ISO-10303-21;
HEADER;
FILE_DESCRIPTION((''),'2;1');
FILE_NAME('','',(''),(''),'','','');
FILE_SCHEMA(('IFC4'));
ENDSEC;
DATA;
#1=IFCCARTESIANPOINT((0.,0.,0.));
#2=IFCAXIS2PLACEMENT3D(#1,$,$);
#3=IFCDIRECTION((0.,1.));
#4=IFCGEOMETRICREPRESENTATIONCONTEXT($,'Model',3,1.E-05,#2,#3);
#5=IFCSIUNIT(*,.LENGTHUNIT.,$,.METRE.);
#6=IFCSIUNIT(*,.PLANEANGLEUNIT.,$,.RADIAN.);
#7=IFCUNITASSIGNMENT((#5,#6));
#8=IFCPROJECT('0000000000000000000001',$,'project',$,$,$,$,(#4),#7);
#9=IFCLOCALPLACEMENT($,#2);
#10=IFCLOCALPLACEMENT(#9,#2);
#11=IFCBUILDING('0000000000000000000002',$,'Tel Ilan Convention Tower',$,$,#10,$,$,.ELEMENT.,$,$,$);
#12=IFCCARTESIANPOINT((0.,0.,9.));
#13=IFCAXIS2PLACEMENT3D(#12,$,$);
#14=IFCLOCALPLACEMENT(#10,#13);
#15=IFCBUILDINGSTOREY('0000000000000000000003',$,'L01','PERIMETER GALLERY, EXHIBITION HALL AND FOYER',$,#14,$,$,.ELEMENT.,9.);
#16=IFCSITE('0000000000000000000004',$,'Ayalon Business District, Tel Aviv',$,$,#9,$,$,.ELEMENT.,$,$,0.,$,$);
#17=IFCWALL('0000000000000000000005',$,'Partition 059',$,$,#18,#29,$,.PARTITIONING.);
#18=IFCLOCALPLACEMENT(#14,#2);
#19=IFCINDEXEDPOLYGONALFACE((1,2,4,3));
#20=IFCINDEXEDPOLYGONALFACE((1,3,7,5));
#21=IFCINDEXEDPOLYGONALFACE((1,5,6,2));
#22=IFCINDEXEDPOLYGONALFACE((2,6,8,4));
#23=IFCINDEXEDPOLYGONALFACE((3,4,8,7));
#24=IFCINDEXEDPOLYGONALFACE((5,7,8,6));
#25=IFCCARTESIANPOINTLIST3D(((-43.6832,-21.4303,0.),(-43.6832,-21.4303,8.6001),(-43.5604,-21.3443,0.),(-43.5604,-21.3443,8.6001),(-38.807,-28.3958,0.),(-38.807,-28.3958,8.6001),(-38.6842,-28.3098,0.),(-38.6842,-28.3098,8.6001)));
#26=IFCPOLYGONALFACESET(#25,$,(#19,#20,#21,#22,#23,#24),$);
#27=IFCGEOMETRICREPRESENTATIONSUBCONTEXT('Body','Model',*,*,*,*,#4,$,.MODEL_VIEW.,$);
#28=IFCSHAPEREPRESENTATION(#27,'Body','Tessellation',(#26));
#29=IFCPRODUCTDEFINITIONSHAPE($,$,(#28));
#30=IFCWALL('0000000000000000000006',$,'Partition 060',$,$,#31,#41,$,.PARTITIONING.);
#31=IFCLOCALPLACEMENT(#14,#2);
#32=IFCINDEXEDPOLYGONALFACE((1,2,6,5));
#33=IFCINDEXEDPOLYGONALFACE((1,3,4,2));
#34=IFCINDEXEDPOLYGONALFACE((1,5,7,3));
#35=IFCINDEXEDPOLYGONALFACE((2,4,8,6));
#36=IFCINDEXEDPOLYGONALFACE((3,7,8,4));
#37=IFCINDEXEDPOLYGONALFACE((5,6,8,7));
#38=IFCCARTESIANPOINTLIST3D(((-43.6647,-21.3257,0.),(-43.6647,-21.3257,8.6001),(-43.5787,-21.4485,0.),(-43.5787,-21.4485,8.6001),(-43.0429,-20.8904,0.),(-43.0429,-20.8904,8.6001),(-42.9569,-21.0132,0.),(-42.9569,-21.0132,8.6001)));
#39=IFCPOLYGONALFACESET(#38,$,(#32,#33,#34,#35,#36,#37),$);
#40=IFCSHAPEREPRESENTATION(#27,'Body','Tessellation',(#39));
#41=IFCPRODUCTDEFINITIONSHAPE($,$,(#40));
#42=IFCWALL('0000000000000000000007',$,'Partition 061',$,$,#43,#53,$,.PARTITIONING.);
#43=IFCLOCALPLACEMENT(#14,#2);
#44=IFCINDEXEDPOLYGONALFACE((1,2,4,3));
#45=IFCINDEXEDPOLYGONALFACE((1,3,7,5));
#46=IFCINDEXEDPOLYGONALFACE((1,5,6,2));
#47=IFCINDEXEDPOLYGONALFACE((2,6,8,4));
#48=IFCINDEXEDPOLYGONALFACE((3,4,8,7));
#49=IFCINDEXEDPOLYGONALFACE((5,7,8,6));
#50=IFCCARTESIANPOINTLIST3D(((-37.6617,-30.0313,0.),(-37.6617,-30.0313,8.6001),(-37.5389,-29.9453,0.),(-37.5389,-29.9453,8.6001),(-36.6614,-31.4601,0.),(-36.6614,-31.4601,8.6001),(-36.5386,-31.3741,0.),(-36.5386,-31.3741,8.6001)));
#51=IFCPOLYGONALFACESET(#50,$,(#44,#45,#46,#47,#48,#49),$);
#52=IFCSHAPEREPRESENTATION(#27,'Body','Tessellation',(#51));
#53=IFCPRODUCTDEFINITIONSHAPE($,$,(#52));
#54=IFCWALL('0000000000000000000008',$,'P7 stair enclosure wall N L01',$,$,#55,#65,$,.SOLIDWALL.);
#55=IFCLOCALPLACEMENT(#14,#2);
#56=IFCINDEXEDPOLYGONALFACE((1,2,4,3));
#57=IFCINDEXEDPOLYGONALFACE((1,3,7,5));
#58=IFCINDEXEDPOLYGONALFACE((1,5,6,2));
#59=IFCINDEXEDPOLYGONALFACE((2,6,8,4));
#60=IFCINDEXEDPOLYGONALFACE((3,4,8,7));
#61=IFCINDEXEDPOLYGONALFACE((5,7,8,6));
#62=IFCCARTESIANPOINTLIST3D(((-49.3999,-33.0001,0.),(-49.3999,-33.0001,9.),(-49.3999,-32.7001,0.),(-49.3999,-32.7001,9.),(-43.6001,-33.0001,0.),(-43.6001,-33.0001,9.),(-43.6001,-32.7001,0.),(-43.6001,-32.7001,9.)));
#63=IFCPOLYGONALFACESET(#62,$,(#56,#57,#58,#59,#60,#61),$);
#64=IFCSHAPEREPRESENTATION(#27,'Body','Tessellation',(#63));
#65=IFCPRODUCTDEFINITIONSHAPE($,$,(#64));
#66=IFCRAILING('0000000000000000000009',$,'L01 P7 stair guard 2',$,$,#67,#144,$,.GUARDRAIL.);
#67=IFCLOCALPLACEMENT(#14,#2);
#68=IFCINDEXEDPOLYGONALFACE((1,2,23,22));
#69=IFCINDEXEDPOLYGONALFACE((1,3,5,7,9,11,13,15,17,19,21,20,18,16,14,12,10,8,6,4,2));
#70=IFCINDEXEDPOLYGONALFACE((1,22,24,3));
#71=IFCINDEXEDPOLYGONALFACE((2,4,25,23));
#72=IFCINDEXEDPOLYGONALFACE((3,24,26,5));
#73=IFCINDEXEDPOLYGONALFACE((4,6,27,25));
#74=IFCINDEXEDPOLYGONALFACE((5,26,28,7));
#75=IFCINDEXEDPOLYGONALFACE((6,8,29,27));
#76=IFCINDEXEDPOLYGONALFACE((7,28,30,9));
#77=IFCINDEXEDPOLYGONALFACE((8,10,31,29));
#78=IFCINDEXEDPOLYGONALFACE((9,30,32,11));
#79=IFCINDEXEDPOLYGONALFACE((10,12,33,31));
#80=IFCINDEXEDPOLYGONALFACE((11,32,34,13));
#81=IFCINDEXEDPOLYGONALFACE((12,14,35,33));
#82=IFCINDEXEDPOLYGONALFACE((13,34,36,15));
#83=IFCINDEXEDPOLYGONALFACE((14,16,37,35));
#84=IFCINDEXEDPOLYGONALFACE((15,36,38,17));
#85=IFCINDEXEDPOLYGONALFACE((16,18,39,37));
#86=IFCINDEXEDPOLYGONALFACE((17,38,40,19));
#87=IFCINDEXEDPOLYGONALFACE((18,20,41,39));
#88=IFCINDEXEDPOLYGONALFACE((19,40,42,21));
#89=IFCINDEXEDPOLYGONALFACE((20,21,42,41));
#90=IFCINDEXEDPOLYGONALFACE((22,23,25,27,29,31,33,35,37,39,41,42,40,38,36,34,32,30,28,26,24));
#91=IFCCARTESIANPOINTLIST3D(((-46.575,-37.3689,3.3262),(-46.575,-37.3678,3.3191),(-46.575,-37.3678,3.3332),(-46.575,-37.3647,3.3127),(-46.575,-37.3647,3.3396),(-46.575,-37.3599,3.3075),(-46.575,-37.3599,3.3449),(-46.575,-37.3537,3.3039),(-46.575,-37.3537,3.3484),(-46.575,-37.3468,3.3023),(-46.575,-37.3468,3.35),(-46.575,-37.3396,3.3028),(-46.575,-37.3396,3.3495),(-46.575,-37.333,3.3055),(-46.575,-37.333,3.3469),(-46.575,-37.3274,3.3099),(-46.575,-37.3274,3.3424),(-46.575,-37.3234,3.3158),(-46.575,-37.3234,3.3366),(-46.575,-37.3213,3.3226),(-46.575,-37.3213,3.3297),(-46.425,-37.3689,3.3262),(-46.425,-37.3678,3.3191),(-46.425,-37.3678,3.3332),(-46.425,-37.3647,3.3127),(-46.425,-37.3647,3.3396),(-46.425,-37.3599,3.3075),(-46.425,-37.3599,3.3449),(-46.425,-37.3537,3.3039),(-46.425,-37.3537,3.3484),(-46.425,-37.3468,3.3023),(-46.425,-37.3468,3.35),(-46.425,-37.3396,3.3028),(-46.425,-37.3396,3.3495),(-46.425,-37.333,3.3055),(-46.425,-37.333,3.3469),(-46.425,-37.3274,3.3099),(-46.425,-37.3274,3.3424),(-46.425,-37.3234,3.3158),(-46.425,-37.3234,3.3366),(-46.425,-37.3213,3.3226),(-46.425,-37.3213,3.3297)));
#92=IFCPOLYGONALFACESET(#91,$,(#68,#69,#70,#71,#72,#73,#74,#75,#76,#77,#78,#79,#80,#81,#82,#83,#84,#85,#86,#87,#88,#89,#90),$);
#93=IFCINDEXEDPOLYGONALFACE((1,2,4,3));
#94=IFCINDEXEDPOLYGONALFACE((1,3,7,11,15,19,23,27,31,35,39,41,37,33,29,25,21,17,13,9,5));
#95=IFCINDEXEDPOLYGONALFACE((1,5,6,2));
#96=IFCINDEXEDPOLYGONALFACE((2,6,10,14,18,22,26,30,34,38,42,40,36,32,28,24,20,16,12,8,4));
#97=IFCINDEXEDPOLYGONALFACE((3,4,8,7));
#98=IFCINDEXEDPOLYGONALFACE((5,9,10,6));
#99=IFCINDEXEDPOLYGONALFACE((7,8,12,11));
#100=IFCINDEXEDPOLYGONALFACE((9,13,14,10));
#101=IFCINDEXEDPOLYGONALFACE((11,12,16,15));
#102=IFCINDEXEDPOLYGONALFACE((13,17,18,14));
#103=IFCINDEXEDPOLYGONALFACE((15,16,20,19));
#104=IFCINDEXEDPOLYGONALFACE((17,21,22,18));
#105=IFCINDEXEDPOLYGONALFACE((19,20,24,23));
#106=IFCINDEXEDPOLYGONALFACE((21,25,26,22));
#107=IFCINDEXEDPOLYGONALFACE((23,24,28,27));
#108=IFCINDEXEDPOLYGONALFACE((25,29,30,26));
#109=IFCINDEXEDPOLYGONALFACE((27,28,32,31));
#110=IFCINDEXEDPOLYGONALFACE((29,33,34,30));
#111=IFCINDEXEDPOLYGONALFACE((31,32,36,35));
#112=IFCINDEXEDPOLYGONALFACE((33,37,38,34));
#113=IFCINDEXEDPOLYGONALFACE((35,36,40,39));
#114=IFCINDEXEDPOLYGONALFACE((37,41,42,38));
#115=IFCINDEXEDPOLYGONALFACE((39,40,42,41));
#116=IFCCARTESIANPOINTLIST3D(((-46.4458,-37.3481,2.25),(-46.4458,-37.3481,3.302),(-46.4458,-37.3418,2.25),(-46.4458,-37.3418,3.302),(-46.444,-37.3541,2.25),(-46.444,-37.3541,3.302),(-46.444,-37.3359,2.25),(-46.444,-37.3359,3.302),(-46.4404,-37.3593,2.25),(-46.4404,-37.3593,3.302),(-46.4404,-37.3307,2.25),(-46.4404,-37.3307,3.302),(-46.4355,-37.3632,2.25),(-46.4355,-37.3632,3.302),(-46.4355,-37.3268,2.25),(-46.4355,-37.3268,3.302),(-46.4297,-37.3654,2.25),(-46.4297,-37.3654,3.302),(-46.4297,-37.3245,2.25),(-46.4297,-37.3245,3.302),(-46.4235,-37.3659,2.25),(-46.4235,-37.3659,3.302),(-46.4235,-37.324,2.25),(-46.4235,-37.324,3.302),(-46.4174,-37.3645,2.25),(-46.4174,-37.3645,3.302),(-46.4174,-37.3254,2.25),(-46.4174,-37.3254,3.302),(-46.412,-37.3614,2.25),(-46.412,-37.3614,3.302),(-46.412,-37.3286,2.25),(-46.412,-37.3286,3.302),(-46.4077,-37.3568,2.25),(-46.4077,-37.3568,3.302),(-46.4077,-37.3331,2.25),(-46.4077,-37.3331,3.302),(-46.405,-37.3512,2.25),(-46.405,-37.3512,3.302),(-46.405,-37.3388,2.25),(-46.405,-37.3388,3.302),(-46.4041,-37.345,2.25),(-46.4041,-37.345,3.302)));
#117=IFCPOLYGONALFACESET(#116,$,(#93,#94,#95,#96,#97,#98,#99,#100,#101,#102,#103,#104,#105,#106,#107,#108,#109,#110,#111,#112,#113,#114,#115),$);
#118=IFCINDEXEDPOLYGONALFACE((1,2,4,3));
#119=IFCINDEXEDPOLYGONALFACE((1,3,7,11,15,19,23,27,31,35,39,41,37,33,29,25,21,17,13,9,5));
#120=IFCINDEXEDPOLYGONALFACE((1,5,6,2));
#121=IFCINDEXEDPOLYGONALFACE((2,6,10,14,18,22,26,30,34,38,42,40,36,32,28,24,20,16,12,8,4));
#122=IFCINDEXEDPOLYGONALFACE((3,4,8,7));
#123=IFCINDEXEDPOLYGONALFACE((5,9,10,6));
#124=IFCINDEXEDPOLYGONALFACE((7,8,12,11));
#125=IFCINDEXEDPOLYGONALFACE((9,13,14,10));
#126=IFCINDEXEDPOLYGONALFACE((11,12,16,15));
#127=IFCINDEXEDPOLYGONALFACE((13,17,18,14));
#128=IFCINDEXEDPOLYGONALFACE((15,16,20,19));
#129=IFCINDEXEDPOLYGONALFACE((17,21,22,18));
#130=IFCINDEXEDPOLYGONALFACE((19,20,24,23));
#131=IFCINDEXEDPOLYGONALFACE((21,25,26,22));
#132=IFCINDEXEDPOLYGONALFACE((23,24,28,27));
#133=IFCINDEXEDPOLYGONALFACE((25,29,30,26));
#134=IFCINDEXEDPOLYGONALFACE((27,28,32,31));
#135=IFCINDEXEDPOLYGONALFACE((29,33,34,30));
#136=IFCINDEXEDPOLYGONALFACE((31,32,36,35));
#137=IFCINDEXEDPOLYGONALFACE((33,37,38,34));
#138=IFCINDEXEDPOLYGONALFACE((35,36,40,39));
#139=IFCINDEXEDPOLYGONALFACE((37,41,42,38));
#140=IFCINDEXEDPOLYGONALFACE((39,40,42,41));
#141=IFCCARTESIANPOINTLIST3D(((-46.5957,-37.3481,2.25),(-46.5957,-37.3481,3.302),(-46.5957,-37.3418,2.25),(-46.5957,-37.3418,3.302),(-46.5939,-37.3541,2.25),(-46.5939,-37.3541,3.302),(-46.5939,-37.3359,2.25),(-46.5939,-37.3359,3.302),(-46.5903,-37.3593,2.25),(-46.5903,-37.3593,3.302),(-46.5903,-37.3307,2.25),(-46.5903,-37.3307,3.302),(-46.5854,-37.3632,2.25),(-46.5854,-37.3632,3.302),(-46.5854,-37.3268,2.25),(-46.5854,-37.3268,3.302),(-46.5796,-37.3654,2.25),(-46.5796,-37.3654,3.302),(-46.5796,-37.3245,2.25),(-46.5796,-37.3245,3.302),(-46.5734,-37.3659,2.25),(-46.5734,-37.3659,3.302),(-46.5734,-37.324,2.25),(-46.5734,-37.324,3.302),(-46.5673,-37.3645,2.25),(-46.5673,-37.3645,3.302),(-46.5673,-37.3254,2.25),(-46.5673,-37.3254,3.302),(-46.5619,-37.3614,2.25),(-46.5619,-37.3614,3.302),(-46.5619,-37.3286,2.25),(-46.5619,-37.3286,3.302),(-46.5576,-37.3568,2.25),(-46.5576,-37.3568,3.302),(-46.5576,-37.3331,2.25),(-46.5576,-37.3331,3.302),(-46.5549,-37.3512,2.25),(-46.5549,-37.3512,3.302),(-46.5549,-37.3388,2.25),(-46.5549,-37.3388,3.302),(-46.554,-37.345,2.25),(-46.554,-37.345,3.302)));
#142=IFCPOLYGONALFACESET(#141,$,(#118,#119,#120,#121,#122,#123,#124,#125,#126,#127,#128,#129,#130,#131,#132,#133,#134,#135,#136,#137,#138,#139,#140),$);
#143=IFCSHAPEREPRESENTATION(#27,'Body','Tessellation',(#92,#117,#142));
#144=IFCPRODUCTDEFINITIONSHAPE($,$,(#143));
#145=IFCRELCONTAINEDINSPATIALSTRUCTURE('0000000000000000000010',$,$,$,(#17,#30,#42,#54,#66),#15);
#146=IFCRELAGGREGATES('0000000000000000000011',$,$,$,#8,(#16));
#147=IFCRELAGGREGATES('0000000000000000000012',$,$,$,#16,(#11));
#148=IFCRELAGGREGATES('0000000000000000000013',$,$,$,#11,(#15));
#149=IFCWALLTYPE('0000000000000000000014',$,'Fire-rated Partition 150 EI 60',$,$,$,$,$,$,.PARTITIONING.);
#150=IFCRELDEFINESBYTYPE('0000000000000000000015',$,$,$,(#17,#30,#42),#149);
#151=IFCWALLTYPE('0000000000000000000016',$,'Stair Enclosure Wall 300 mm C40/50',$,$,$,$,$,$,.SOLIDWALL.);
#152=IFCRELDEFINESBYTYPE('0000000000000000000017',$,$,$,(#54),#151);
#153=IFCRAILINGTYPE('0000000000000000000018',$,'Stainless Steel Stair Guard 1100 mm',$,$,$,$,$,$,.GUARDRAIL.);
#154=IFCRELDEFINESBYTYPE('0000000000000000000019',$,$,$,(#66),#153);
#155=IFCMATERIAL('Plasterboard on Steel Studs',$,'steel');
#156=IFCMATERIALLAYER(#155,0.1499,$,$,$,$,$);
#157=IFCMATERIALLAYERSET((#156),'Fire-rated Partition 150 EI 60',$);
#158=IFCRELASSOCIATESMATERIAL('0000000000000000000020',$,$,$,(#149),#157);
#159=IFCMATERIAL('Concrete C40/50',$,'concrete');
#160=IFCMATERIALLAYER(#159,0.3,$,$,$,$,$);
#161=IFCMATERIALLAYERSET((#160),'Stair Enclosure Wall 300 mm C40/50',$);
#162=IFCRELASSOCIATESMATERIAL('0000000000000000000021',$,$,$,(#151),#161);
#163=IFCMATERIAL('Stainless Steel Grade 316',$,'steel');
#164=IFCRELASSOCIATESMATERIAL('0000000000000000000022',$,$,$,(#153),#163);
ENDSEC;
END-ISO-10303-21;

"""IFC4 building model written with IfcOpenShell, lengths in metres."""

from ifc_helpers import new_model, si_unit, direction, frame, frame_2d, origin, origin_2d, place, context, subcontext, project, spatial, rectangle, circle, extrude, material, layer, layer_set, type_object, element, save


model = new_model("IFC4")

# Units and contexts
model_context = context("Model", 3, precision=1e-05, world=origin(), true_north=direction((0.0, 1.0)))
body_context = subcontext(model_context, "Body", "Model", "MODEL_VIEW")
ifc_project = project(units=[si_unit("LENGTHUNIT", "METRE"), si_unit("PLANEANGLEUNIT", "RADIAN")], contexts=[model_context])

# Site, building, storey
site_placement = place(None, origin())
site = spatial("IfcSite", under=ifc_project, at=site_placement, Name="Ayalon Business District, Tel Aviv", CompositionType="ELEMENT", RefElevation=0.0)
building_placement = place(site_placement, origin())
building = spatial("IfcBuilding", under=site, at=building_placement, Name="Tel Ilan Convention Tower", CompositionType="ELEMENT")
storey_placement = place(building_placement, frame((0.0, 0.0, 9.0)))
storey = spatial("IfcBuildingStorey", under=building, at=storey_placement, Name="L01", Description="PERIMETER GALLERY, EXHIBITION HALL AND FOYER", CompositionType="ELEMENT", Elevation=9.0)

# Shared definitions
ifc_material_1 = material(Name="Plasterboard on Steel Studs", Category="steel")
ifc_layer_1 = layer(ifc_material_1, 0.1499)
ifc_layer_set_1 = layer_set([ifc_layer_1], Name="Fire-rated Partition 150 EI 60")
wall_type_1 = type_object("IfcWallType", Name="Fire-rated Partition 150 EI 60", PredefinedType="PARTITIONING", material=ifc_layer_set_1)

# Walls
wall_1_placement = place(storey_placement, frame((-43.6218, -21.3872, 0.0), z_axis=(0.0, 0.0, 1.0), x_axis=(0.573487, -0.819214, 0.0)))
element("IfcWall", 1, at=wall_1_placement, inside=storey, type_object=wall_type_1, Name="Partition 059", PredefinedType="PARTITIONING", context=body_context, shape_type="SweptSolid", body=[
    extrude(rectangle(XDim=8.5027, YDim=0.1499, at=frame_2d((4.2515, 0.0))), origin(), (0.0, 0.0, 1.0), 8.6001),
])
wall_2_placement = place(storey_placement, frame((-43.0, -20.9519, 0.0), z_axis=(0.0, 0.0, 1.0), x_axis=(-0.819217, -0.573484, 0.0)))
element("IfcWall", 2, at=wall_2_placement, inside=storey, type_object=wall_type_1, Name="Partition 060", PredefinedType="PARTITIONING", context=body_context, shape_type="SweptSolid", body=[
    extrude(rectangle(XDim=0.759, YDim=0.1499, at=frame_2d((0.3794, 0.0))), origin(), (0.0, 0.0, 1.0), 8.6001),
])
wall_3_placement = place(storey_placement, frame((-37.6003, -29.9883, 0.0), z_axis=(0.0, 0.0, 1.0), x_axis=(0.573519, -0.819192, 0.0)))
element("IfcWall", 3, at=wall_3_placement, inside=storey, type_object=wall_type_1, Name="Partition 061", PredefinedType="PARTITIONING", context=body_context, shape_type="SweptSolid", body=[
    extrude(rectangle(XDim=1.7441, YDim=0.1499, at=frame_2d((0.8721, 0.0))), origin(), (0.0, 0.0, 1.0), 8.6001),
])
ifc_material_2 = material(Name="Concrete C40/50", Category="concrete")
ifc_layer_2 = layer(ifc_material_2, 0.3)
ifc_layer_set_2 = layer_set([ifc_layer_2], Name="Stair Enclosure Wall 300 mm C40/50")
wall_type_2 = type_object("IfcWallType", Name="Stair Enclosure Wall 300 mm C40/50", PredefinedType="SOLIDWALL", material=ifc_layer_set_2)
wall_4_placement = place(storey_placement, frame((-49.3999, -32.8501, 0.0), z_axis=(0.0, 0.0, 1.0), x_axis=(1.0, 0.0, 0.0)))
element("IfcWall", 4, at=wall_4_placement, inside=storey, type_object=wall_type_2, Name="P7 stair enclosure wall N L01", PredefinedType="SOLIDWALL", context=body_context, shape_type="SweptSolid", body=[
    extrude(rectangle(XDim=5.7998, YDim=0.3, at=frame_2d((2.8999, 0.0))), origin(), (0.0, 0.0, 1.0), 9.0),
])

# Railing
ifc_material_3 = material(Name="Stainless Steel Grade 316", Category="steel")
railing_type = type_object("IfcRailingType", Name="Stainless Steel Stair Guard 1100 mm", PredefinedType="GUARDRAIL", material=ifc_material_3)
railing_1_placement = place(storey_placement, frame((-46.425, -37.345, 2.25)))
element("IfcRailing", 5, at=railing_1_placement, inside=storey, type_object=railing_type, Name="L01 P7 stair guard 2", PredefinedType="GUARDRAIL", context=body_context, shape_type="SweptSolid", body=[
    extrude(circle(Radius=0.0239, at=origin_2d()), frame((0.0, 0.0, 1.0762), z_axis=(-1.0, 0.0, 0.0), x_axis=(0.0, -1.0, 0.0)), (0.0, 0.0, 1.0), 0.1499),
    extrude(circle(Radius=0.021, at=origin_2d()), origin(), (0.0, 0.0, 1.0), 1.052),
    extrude(circle(Radius=0.021, at=origin_2d()), frame((-0.1499, 0.0, 0.0)), (0.0, 0.0, 1.0), 1.052),
])

save(model, "model.ifc")
